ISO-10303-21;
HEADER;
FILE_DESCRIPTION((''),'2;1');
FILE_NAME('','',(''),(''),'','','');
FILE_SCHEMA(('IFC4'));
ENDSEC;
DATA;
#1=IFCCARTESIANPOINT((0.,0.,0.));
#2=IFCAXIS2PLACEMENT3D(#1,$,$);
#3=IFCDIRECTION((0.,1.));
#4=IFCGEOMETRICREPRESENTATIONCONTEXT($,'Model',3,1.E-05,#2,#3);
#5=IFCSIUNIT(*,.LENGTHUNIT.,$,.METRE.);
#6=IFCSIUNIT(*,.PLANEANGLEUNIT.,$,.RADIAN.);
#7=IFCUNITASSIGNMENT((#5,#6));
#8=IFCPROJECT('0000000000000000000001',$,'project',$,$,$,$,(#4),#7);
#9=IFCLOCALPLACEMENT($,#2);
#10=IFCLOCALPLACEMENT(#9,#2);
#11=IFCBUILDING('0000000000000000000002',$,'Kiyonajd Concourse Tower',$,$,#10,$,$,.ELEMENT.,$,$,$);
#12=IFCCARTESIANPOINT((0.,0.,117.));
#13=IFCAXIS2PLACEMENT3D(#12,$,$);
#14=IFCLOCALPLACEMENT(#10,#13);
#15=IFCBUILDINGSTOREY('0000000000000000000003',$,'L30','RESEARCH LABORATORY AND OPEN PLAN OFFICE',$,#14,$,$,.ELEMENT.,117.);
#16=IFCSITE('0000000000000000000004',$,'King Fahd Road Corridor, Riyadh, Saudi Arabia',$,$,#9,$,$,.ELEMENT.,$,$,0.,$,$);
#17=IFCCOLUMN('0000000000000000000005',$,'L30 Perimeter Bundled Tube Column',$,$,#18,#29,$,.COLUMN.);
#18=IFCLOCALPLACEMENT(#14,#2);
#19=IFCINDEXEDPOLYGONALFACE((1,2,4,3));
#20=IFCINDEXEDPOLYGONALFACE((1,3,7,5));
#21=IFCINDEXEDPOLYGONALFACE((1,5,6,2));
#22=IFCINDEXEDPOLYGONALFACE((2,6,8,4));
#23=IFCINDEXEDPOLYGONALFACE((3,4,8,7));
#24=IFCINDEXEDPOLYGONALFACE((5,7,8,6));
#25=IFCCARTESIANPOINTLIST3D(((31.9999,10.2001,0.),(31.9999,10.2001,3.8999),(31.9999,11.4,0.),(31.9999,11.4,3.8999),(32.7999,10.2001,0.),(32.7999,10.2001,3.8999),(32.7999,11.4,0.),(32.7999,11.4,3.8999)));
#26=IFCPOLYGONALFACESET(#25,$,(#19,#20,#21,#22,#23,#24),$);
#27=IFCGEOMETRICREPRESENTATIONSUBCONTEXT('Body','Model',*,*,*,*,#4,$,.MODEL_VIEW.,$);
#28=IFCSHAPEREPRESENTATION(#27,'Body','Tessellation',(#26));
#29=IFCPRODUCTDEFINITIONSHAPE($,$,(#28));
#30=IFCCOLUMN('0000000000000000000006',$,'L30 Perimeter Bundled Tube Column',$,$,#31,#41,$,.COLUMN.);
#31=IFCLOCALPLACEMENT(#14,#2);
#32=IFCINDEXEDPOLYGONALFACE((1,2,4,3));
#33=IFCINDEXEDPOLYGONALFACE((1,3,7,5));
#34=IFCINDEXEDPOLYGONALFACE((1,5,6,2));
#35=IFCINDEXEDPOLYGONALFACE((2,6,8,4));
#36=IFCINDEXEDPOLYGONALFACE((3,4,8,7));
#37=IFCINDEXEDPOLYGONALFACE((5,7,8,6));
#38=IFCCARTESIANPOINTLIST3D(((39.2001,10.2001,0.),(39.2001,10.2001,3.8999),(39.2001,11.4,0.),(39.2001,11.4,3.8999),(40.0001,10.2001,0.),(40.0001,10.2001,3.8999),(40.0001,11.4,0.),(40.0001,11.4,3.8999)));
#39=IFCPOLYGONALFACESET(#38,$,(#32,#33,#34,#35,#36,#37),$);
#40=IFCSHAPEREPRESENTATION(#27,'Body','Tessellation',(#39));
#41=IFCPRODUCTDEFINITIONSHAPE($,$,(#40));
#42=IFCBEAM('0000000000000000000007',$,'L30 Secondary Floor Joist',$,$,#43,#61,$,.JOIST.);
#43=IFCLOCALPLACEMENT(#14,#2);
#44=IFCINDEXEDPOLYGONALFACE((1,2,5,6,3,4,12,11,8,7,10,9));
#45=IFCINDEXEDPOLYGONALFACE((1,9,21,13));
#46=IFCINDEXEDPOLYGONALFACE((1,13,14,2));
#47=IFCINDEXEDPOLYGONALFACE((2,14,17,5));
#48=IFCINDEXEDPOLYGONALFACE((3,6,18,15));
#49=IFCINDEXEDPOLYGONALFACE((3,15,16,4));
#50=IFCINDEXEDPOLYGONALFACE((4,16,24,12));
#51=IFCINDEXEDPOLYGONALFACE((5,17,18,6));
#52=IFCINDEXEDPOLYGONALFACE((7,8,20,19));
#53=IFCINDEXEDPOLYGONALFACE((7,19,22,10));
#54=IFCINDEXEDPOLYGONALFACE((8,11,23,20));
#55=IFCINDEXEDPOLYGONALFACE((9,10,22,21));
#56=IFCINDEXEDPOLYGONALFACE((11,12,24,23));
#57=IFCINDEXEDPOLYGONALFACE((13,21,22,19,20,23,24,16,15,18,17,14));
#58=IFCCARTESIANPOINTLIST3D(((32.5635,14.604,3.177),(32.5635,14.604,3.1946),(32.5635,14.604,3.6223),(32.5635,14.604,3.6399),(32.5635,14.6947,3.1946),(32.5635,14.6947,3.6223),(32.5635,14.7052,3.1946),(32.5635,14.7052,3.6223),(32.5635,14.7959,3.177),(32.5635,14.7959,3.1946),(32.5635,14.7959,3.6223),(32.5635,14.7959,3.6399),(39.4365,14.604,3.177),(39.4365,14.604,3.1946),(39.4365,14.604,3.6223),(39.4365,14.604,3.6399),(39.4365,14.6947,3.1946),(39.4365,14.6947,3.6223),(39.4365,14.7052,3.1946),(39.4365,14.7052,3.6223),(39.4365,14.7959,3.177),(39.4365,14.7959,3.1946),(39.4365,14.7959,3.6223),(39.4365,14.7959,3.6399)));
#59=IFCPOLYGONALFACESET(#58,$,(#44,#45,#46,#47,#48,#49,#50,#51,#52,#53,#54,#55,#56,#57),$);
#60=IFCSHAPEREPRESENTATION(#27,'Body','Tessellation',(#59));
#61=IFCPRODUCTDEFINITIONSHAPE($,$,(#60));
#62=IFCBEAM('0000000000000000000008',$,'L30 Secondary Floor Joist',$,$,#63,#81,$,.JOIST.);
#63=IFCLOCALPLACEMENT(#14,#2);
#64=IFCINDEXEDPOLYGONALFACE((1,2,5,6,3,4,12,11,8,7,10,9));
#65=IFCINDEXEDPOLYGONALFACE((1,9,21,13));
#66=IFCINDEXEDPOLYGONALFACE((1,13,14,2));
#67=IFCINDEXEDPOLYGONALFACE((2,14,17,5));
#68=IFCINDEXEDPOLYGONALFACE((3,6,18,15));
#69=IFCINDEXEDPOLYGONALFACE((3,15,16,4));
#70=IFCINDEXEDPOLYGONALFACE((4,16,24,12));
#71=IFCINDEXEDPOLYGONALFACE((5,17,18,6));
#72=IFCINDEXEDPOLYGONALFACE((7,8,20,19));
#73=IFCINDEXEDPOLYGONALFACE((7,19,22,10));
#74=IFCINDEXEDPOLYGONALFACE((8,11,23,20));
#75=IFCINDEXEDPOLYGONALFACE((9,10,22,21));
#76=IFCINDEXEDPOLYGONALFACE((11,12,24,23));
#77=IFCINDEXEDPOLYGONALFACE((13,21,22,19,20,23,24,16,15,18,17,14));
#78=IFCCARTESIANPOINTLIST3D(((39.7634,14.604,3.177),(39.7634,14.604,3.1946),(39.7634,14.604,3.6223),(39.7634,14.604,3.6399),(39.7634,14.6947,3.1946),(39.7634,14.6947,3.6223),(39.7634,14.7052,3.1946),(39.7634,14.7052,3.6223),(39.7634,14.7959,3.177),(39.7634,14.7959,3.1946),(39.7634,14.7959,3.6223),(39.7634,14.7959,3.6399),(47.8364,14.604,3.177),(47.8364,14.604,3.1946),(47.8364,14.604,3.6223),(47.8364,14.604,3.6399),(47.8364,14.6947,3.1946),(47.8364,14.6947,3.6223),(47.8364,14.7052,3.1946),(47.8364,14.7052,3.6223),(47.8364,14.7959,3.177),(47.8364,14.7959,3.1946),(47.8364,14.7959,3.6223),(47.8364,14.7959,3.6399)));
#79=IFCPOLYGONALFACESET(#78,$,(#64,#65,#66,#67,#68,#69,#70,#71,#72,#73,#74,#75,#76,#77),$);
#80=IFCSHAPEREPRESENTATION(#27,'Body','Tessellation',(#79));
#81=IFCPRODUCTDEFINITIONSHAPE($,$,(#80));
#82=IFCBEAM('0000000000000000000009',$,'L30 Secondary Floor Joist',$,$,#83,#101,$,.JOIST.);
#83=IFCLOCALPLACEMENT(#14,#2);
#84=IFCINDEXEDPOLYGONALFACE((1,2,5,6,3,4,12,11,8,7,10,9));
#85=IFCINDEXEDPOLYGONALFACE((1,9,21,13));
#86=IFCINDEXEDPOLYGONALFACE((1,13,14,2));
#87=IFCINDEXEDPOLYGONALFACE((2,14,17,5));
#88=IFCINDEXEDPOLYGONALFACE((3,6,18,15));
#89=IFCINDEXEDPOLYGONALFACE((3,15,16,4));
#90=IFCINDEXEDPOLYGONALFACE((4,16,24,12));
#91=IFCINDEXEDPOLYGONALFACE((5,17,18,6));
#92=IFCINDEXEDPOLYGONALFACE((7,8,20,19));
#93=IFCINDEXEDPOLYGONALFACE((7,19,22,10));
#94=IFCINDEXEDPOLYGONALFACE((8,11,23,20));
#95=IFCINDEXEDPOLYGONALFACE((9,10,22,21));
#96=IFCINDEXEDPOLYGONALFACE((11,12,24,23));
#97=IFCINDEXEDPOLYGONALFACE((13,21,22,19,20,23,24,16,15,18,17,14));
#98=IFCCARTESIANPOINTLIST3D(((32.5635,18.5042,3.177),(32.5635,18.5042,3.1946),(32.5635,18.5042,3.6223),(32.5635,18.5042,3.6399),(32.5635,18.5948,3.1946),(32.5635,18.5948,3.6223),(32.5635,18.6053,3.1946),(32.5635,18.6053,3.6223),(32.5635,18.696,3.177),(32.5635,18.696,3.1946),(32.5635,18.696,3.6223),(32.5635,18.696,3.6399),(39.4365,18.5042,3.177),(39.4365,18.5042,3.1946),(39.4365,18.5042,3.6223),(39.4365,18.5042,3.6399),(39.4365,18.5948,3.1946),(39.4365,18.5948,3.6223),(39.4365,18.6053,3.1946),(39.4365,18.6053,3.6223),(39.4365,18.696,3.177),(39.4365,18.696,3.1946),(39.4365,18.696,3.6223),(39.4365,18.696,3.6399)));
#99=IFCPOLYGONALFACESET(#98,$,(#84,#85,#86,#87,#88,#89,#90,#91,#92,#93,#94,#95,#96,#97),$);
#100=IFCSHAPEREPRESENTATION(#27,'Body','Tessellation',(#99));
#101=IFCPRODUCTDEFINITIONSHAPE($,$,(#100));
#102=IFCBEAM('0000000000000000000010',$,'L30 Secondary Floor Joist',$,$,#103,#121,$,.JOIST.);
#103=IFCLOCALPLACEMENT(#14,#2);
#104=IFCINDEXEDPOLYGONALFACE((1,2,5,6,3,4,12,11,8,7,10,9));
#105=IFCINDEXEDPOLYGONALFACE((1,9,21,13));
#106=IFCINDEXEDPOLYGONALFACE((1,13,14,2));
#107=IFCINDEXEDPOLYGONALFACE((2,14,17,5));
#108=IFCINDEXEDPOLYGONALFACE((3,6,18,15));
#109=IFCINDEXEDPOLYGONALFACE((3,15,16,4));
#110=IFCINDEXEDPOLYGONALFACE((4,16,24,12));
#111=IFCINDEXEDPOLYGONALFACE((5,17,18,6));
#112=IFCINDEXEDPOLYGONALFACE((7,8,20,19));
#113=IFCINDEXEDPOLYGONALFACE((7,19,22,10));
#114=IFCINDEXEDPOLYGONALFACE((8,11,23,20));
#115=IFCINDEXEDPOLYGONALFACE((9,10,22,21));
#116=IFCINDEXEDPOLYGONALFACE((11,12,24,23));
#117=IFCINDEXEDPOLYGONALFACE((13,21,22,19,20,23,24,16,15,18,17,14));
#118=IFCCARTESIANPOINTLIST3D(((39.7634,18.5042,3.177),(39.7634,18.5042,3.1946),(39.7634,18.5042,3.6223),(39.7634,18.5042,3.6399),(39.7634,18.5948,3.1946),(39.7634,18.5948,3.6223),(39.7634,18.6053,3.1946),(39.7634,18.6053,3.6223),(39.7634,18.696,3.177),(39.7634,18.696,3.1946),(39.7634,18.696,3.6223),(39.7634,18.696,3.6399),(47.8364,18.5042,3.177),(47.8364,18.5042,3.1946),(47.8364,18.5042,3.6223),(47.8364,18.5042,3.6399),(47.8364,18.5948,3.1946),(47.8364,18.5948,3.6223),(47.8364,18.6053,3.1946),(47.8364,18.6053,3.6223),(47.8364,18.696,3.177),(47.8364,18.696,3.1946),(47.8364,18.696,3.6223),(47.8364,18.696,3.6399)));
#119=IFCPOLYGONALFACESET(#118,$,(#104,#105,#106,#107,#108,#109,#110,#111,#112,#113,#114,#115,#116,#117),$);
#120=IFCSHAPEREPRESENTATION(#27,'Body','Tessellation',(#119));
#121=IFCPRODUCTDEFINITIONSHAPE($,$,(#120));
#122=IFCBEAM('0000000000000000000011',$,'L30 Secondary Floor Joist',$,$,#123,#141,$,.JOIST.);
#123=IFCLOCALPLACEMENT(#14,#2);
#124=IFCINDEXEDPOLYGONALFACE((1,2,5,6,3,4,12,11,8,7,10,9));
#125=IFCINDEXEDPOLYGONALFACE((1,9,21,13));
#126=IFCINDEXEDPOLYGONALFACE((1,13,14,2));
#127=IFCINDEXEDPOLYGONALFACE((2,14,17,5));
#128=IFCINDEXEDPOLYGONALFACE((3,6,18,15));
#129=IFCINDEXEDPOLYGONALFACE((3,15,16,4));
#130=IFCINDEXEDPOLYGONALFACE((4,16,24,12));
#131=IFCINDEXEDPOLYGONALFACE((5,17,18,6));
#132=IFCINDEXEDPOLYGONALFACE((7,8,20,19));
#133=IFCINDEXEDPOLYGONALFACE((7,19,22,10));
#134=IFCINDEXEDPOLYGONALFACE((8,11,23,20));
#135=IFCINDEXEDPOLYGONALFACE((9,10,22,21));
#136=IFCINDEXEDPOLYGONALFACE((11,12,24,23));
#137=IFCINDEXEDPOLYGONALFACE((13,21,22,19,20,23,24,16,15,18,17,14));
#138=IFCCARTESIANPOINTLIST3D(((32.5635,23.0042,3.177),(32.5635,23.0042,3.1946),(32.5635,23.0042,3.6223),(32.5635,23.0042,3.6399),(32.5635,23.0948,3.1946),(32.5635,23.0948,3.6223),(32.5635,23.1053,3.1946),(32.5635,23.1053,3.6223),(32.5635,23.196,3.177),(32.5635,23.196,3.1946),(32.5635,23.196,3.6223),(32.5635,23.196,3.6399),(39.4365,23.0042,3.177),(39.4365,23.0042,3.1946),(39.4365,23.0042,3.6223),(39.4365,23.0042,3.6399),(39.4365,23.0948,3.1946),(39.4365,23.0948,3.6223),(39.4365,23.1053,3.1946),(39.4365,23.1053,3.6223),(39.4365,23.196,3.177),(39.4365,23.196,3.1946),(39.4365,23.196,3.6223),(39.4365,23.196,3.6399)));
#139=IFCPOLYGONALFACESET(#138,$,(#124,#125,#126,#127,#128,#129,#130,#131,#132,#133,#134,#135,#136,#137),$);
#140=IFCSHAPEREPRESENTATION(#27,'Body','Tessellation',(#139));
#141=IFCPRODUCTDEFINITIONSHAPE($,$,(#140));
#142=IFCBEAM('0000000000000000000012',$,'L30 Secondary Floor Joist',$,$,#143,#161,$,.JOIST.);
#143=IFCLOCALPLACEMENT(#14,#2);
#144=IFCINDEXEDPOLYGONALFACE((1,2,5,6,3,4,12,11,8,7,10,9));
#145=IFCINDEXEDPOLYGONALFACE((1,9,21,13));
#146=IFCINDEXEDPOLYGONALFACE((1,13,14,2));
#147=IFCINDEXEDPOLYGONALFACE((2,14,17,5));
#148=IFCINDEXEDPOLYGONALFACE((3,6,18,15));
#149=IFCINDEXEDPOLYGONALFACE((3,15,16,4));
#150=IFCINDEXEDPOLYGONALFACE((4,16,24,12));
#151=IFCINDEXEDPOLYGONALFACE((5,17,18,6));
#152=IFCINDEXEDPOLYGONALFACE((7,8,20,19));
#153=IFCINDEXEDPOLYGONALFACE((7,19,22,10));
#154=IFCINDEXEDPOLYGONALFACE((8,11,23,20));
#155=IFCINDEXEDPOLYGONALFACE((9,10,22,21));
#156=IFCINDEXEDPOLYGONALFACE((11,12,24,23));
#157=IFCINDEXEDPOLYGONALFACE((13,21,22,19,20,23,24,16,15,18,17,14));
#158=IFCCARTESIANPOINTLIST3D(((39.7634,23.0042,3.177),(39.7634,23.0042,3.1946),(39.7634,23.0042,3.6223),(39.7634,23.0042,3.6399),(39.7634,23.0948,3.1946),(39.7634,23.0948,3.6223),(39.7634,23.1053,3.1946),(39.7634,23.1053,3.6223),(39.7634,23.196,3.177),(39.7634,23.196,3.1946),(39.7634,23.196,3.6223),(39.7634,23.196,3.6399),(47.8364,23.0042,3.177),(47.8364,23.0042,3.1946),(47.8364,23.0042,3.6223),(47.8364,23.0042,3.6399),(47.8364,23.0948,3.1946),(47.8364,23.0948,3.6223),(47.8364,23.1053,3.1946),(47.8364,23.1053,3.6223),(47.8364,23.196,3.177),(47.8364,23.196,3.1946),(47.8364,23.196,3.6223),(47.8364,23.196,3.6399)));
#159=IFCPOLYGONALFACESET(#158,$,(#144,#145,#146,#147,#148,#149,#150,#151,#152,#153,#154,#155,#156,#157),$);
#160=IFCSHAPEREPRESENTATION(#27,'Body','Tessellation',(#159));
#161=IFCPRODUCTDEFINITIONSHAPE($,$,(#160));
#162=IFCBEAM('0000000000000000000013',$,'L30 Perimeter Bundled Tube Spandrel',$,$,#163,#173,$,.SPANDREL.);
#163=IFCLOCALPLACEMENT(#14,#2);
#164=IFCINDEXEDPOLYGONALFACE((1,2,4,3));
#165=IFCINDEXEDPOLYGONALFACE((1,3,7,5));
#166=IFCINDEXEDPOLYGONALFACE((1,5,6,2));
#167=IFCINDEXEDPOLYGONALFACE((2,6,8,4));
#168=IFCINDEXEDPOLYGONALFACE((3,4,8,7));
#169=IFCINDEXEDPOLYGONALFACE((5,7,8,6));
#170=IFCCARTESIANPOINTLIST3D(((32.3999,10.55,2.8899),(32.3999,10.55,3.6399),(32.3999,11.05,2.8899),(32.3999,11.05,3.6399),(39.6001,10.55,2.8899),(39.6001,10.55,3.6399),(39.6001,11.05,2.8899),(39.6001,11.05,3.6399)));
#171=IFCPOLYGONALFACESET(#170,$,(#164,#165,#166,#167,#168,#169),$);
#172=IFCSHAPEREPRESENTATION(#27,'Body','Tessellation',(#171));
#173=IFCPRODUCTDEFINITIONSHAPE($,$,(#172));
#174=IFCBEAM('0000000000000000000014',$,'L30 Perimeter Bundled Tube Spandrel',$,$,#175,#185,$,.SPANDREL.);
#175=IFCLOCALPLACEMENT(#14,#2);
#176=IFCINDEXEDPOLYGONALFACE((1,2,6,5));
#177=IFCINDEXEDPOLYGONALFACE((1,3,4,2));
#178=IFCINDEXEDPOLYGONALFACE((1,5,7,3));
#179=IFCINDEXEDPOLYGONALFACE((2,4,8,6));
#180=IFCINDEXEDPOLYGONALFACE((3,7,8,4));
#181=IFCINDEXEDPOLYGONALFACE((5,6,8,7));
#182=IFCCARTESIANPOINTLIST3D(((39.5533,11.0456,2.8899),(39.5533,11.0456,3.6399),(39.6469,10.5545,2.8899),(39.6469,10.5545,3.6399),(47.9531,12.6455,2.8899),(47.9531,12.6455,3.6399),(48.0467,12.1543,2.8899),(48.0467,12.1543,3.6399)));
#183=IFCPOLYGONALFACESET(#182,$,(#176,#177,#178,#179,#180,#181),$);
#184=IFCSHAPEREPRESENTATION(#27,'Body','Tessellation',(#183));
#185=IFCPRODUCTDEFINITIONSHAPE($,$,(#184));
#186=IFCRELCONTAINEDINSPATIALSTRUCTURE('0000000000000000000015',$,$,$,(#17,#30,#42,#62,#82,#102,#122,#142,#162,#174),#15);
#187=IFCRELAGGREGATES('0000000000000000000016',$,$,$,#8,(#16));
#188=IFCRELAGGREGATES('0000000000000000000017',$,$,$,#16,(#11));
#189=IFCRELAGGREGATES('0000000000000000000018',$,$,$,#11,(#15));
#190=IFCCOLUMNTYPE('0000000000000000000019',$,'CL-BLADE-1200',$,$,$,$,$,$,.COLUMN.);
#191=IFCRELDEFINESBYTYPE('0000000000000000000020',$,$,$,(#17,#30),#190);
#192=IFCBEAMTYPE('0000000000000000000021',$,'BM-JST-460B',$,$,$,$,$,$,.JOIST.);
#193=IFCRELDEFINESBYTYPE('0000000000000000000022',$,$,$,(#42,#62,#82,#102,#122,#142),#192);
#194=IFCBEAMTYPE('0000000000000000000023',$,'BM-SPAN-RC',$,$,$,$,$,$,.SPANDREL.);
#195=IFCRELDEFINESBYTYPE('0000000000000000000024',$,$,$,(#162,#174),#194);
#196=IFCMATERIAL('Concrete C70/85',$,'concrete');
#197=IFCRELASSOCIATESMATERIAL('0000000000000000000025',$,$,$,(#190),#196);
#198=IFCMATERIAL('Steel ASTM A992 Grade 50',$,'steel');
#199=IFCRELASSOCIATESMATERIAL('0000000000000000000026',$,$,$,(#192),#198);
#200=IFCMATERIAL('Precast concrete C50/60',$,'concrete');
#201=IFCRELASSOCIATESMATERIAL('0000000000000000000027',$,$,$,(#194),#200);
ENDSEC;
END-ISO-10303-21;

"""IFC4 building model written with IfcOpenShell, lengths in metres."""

from ifc_helpers import new_model, si_unit, direction, frame, origin, origin_2d, place, context, subcontext, project, spatial, rectangle, i_section, extrude, material, material_profile, profile_set, type_object, element, save


model = new_model("IFC4")

# Units and contexts
model_context = context("Model", 3, precision=1e-05, world=origin(), true_north=direction((0.0, 1.0)))
body_context = subcontext(model_context, "Body", "Model", "MODEL_VIEW")
ifc_project = project(units=[si_unit("LENGTHUNIT", "METRE"), si_unit("PLANEANGLEUNIT", "RADIAN")], contexts=[model_context])

# Site, building, storey
site_placement = place(None, origin())
site = spatial("IfcSite", under=ifc_project, at=site_placement, Name="King Fahd Road Corridor, Riyadh, Saudi Arabia", CompositionType="ELEMENT", RefElevation=0.0)
building_placement = place(site_placement, origin())
building = spatial("IfcBuilding", under=site, at=building_placement, Name="Kiyonajd Concourse Tower", CompositionType="ELEMENT")
storey_placement = place(building_placement, frame((0.0, 0.0, 117.0)))
storey = spatial("IfcBuildingStorey", under=building, at=storey_placement, Name="L30", Description="RESEARCH LABORATORY AND OPEN PLAN OFFICE", CompositionType="ELEMENT", Elevation=117.0)

# Columns
ifc_material_1 = material(Name="Concrete C70/85", Category="concrete")
ifc_material_profile_1 = material_profile(ifc_material_1, rectangle(XDim=0.8, YDim=1.2, at=origin_2d()), Name="RC-1200x800")
ifc_profile_set_1 = profile_set([ifc_material_profile_1], Name="Concrete C70/85")
column_type = type_object("IfcColumnType", Name="CL-BLADE-1200", PredefinedType="COLUMN", material=ifc_profile_set_1)
for number, where, z_axis, x_axis, name in (
    (1, (32.3999, 10.8, 0.0), (0.0, 0.0, 1.0), (1.0, 0.0, 0.0), "L30 Perimeter Bundled Tube Column"),
    (2, (39.6001, 10.8, 0.0), (0.0, 0.0, 1.0), (1.0, 0.0, 0.0), "L30 Perimeter Bundled Tube Column"),
):
    element("IfcColumn", number, at=place(storey_placement, frame(where, z_axis=z_axis, x_axis=x_axis)), inside=storey, type_object=column_type, Name=name, PredefinedType="COLUMN", context=body_context, shape_type="SweptSolid", body=[
        extrude(rectangle(XDim=0.8, YDim=1.2, at=origin_2d()), origin(), (0.0, 0.0, 1.0), 3.8999),
    ])

# Beams
ifc_material_2 = material(Name="Steel ASTM A992 Grade 50", Category="steel")
ifc_material_profile_2 = material_profile(ifc_material_2, i_section(OverallWidth=0.1919, OverallDepth=0.4629, WebThickness=0.0105, FlangeThickness=0.0176, at=origin_2d()), Name="W460X89")
ifc_profile_set_2 = profile_set([ifc_material_profile_2], Name="Steel ASTM A992 Grade 50")
beam_type_1 = type_object("IfcBeamType", Name="BM-JST-460B", PredefinedType="JOIST", material=ifc_profile_set_2)
beam_1_placement = place(storey_placement, frame((32.5635, 14.7, 3.4084), z_axis=(1.0, 0.0, 0.0), x_axis=(0.0, 1.0, 0.0)))
element("IfcBeam", 3, at=beam_1_placement, inside=storey, type_object=beam_type_1, Name="L30 Secondary Floor Joist", PredefinedType="JOIST", context=body_context, shape_type="SweptSolid", body=[
    extrude(i_section(OverallWidth=0.1919, OverallDepth=0.4629, WebThickness=0.0105, FlangeThickness=0.0176, at=origin_2d()), origin(), (0.0, 0.0, 1.0), 6.873),
])
beam_2_placement = place(storey_placement, frame((39.7634, 14.7, 3.4084), z_axis=(1.0, 0.0, 0.0), x_axis=(0.0, 1.0, 0.0)))
element("IfcBeam", 4, at=beam_2_placement, inside=storey, type_object=beam_type_1, Name="L30 Secondary Floor Joist", PredefinedType="JOIST", context=body_context, shape_type="SweptSolid", body=[
    extrude(i_section(OverallWidth=0.1919, OverallDepth=0.4629, WebThickness=0.0105, FlangeThickness=0.0176, at=origin_2d()), origin(), (0.0, 0.0, 1.0), 8.073),
])
beam_3_placement = place(storey_placement, frame((32.5635, 18.6001, 3.4084), z_axis=(1.0, 0.0, 0.0), x_axis=(0.0, 1.0, 0.0)))
element("IfcBeam", 5, at=beam_3_placement, inside=storey, type_object=beam_type_1, Name="L30 Secondary Floor Joist", PredefinedType="JOIST", context=body_context, shape_type="SweptSolid", body=[
    extrude(i_section(OverallWidth=0.1919, OverallDepth=0.4629, WebThickness=0.0105, FlangeThickness=0.0176, at=origin_2d()), origin(), (0.0, 0.0, 1.0), 6.873),
])
beam_4_placement = place(storey_placement, frame((39.7634, 18.6001, 3.4084), z_axis=(1.0, 0.0, 0.0), x_axis=(0.0, 1.0, 0.0)))
element("IfcBeam", 6, at=beam_4_placement, inside=storey, type_object=beam_type_1, Name="L30 Secondary Floor Joist", PredefinedType="JOIST", context=body_context, shape_type="SweptSolid", body=[
    extrude(i_section(OverallWidth=0.1919, OverallDepth=0.4629, WebThickness=0.0105, FlangeThickness=0.0176, at=origin_2d()), origin(), (0.0, 0.0, 1.0), 8.073),
])
beam_5_placement = place(storey_placement, frame((32.5635, 23.1001, 3.4084), z_axis=(1.0, 0.0, 0.0), x_axis=(0.0, 1.0, 0.0)))
element("IfcBeam", 7, at=beam_5_placement, inside=storey, type_object=beam_type_1, Name="L30 Secondary Floor Joist", PredefinedType="JOIST", context=body_context, shape_type="SweptSolid", body=[
    extrude(i_section(OverallWidth=0.1919, OverallDepth=0.4629, WebThickness=0.0105, FlangeThickness=0.0176, at=origin_2d()), origin(), (0.0, 0.0, 1.0), 6.873),
])
beam_6_placement = place(storey_placement, frame((39.7634, 23.1001, 3.4084), z_axis=(1.0, 0.0, 0.0), x_axis=(0.0, 1.0, 0.0)))
element("IfcBeam", 8, at=beam_6_placement, inside=storey, type_object=beam_type_1, Name="L30 Secondary Floor Joist", PredefinedType="JOIST", context=body_context, shape_type="SweptSolid", body=[
    extrude(i_section(OverallWidth=0.1919, OverallDepth=0.4629, WebThickness=0.0105, FlangeThickness=0.0176, at=origin_2d()), origin(), (0.0, 0.0, 1.0), 8.073),
])
ifc_material_3 = material(Name="Precast concrete C50/60", Category="concrete")
ifc_material_profile_3 = material_profile(ifc_material_3, rectangle(XDim=0.5, YDim=0.75, at=origin_2d()), Name="RCBM-500x750")
ifc_profile_set_3 = profile_set([ifc_material_profile_3], Name="Precast concrete C50/60")
beam_type_2 = type_object("IfcBeamType", Name="BM-SPAN-RC", PredefinedType="SPANDREL", material=ifc_profile_set_3)
beam_7_placement = place(storey_placement, frame((32.3999, 10.8, 3.2649), z_axis=(1.0, 0.0, 0.0), x_axis=(0.0, 1.0, 0.0)))
element("IfcBeam", 9, at=beam_7_placement, inside=storey, type_object=beam_type_2, Name="L30 Perimeter Bundled Tube Spandrel", PredefinedType="SPANDREL", context=body_context, shape_type="SweptSolid", body=[
    extrude(rectangle(XDim=0.5, YDim=0.75, at=origin_2d()), origin(), (0.0, 0.0, 1.0), 7.2002),
])
beam_8_placement = place(storey_placement, frame((39.6001, 10.8, 3.2649), z_axis=(0.982341, 0.187098, 0.0), x_axis=(-0.187098, 0.982341, 0.0)))
element("IfcBeam", 10, at=beam_8_placement, inside=storey, type_object=beam_type_2, Name="L30 Perimeter Bundled Tube Spandrel", PredefinedType="SPANDREL", context=body_context, shape_type="SweptSolid", body=[
    extrude(rectangle(XDim=0.5, YDim=0.75, at=origin_2d()), origin(), (0.0, 0.0, 1.0), 8.5508),
])

save(model, "model.ifc")
